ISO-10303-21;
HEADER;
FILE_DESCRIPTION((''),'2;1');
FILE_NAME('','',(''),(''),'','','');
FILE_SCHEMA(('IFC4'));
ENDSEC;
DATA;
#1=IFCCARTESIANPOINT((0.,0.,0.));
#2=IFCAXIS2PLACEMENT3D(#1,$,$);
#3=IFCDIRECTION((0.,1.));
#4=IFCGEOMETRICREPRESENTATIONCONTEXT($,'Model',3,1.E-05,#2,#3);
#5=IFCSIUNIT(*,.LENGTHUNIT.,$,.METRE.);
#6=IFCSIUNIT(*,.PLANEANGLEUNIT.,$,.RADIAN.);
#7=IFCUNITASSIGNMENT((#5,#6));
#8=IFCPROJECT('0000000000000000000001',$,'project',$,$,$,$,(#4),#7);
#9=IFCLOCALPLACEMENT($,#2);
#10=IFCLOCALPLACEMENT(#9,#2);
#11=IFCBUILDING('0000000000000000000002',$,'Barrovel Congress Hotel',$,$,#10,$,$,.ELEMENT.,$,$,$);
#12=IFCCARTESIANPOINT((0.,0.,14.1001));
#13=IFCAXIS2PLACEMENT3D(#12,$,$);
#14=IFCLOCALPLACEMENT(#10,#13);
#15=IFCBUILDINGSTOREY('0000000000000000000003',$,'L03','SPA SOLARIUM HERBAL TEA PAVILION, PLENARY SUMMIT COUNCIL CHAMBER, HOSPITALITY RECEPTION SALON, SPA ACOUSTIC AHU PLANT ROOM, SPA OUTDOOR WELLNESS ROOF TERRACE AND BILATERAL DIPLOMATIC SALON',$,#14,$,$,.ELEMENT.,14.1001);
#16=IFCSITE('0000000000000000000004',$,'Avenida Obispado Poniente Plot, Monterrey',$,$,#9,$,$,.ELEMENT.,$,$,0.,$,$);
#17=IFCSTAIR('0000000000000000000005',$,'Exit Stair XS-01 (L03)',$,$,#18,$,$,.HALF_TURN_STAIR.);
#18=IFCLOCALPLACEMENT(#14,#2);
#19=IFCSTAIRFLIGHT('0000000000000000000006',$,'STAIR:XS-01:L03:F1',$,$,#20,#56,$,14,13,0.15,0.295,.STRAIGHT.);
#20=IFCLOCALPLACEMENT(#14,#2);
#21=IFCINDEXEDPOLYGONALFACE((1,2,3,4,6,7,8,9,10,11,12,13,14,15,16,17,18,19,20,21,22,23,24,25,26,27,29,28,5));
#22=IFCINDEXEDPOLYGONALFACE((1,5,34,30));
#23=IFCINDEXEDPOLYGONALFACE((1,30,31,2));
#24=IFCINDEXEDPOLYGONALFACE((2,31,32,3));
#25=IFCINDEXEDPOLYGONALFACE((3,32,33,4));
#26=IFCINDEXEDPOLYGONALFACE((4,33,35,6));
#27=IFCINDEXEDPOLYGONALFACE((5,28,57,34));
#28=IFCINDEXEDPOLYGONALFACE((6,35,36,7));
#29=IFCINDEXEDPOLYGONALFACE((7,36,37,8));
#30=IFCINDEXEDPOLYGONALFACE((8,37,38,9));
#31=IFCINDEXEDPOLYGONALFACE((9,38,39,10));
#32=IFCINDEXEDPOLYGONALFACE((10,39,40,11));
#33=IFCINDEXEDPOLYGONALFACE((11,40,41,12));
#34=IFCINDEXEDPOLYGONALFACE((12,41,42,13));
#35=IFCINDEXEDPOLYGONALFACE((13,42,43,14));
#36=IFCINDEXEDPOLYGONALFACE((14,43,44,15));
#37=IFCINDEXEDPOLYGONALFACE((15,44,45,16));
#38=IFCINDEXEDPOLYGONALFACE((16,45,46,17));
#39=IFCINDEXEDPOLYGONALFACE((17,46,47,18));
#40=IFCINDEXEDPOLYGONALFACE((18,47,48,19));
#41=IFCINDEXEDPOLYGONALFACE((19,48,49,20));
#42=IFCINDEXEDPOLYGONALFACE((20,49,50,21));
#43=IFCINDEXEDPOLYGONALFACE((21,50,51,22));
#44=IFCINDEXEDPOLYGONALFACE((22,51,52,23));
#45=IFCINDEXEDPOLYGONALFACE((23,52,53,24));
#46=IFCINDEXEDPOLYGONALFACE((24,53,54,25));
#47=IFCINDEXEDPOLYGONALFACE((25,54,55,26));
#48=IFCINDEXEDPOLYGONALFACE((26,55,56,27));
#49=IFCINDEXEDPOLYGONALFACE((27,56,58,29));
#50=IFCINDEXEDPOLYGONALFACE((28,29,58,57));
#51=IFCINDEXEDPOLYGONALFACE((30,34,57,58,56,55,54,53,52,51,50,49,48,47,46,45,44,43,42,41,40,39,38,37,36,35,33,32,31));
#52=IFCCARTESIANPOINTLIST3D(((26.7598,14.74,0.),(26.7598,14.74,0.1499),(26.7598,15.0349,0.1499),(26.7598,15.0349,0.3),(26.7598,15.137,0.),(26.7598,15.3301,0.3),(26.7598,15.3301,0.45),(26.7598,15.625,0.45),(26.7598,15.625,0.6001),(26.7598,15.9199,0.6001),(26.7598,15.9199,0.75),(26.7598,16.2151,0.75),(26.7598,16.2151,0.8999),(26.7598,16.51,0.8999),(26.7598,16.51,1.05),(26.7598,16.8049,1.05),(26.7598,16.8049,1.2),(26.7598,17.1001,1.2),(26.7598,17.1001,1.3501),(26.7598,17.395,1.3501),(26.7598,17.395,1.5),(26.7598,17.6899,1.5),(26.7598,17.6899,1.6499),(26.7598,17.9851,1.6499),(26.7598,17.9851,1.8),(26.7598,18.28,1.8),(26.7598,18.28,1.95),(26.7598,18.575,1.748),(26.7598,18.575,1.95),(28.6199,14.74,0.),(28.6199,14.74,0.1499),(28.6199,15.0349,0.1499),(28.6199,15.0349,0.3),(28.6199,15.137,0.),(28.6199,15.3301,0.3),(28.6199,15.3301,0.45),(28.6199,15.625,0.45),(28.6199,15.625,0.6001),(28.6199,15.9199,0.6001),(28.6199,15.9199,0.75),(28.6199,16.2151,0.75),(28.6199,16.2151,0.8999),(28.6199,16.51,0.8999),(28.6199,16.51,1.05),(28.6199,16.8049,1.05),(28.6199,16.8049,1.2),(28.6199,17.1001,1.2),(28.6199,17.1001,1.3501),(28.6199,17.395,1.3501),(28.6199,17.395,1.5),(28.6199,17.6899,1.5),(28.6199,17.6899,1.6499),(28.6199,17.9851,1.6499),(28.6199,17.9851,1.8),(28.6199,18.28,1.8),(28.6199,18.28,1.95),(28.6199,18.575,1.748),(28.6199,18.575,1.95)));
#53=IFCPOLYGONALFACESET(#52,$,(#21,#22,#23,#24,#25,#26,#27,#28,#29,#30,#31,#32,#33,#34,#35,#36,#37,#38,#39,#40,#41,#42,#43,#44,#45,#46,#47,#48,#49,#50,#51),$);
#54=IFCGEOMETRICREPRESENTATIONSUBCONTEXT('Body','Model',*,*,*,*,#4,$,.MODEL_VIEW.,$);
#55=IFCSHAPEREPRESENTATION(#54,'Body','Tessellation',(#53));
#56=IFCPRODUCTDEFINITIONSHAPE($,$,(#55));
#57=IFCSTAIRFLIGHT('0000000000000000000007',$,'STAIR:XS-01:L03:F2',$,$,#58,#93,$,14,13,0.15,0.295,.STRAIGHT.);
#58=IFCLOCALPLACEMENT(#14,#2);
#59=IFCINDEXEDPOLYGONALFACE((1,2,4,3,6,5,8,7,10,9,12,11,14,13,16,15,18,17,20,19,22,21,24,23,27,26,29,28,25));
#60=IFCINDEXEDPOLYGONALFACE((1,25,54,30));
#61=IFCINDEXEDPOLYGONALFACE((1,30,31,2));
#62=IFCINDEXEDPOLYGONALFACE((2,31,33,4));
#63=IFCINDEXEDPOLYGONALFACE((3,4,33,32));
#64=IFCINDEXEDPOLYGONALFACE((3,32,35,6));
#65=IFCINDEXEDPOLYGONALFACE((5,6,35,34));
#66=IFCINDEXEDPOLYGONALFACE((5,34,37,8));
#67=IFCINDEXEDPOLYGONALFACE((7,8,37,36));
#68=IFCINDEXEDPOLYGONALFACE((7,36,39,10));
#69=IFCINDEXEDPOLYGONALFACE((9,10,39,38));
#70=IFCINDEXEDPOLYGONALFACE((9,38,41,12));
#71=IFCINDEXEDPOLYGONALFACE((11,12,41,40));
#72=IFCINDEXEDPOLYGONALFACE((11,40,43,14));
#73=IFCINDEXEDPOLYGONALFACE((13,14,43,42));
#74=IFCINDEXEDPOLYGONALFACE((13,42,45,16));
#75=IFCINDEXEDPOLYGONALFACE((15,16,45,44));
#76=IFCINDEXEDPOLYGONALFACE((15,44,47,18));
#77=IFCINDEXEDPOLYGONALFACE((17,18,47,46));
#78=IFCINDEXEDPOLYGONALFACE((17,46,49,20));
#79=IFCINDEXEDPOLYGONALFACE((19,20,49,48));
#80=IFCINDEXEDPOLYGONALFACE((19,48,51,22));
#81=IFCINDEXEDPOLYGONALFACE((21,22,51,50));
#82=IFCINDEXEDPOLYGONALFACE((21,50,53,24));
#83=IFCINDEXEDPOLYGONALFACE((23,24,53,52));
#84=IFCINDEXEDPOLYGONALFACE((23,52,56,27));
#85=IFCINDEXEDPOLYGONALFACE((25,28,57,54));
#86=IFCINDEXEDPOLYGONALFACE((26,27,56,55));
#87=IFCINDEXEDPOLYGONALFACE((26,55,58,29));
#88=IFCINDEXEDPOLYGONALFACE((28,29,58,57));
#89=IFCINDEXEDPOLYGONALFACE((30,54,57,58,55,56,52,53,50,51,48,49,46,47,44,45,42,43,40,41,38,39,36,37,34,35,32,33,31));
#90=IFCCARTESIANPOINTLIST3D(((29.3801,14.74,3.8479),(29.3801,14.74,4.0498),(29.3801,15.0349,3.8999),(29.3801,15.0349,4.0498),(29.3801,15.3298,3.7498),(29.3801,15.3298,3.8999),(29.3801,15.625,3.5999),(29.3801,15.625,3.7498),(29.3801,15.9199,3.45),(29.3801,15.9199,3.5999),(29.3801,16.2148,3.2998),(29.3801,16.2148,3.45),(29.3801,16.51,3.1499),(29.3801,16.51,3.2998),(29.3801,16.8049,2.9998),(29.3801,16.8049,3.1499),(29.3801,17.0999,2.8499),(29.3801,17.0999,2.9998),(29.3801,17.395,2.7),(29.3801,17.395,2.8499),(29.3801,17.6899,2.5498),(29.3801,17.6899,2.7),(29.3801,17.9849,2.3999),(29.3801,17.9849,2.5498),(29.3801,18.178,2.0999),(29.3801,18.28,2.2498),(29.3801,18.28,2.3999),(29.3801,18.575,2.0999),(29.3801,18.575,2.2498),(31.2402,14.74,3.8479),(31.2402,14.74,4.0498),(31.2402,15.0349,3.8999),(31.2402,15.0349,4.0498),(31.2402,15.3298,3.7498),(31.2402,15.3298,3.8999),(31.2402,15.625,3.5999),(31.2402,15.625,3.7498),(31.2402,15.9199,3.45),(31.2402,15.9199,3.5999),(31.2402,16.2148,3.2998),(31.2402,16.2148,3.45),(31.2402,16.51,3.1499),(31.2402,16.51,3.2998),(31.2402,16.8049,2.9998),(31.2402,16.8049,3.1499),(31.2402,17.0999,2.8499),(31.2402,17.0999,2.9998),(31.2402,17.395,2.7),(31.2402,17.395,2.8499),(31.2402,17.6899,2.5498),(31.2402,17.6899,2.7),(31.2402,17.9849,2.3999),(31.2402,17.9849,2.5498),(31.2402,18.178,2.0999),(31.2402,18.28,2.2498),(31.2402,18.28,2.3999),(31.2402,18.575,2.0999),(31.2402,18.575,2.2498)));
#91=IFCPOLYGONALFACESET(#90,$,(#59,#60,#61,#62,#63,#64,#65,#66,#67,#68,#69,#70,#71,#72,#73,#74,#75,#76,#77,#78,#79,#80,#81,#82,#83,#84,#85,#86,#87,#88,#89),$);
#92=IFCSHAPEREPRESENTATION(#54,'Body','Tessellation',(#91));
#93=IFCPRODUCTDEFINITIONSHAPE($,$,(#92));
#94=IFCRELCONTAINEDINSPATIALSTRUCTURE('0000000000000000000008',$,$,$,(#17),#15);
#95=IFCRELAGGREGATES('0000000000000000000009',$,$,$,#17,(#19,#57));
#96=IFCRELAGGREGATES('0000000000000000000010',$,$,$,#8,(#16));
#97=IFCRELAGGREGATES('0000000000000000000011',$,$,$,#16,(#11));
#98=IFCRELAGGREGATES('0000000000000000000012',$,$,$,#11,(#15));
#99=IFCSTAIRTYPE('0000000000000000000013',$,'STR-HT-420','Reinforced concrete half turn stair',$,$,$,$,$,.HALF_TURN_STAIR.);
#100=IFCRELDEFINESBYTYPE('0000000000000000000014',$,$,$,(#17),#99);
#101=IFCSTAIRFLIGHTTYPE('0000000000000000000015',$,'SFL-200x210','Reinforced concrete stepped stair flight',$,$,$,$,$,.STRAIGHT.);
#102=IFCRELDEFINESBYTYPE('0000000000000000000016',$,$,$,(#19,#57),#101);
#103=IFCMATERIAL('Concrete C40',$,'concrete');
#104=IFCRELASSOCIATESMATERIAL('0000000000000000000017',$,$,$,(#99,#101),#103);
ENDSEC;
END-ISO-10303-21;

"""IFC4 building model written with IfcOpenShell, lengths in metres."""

from ifc_helpers import new_model, si_unit, direction, frame, origin, place, context, subcontext, project, spatial, polyline, outline, extrude, material, type_object, element, aggregate, save


model = new_model("IFC4")

# Units and contexts
model_context = context("Model", 3, precision=1e-05, world=origin(), true_north=direction((0.0, 1.0)))
body_context = subcontext(model_context, "Body", "Model", "MODEL_VIEW")
ifc_project = project(units=[si_unit("LENGTHUNIT", "METRE"), si_unit("PLANEANGLEUNIT", "RADIAN")], contexts=[model_context])

# Site, building, storey
site_placement = place(None, origin())
site = spatial("IfcSite", under=ifc_project, at=site_placement, Name="Avenida Obispado Poniente Plot, Monterrey", CompositionType="ELEMENT", RefElevation=0.0)
building_placement = place(site_placement, origin())
building = spatial("IfcBuilding", under=site, at=building_placement, Name="Barrovel Congress Hotel", CompositionType="ELEMENT")
storey_placement = place(building_placement, frame((0.0, 0.0, 14.1001)))
storey = spatial("IfcBuildingStorey", under=building, at=storey_placement, Name="L03", Description="SPA SOLARIUM HERBAL TEA PAVILION, PLENARY SUMMIT COUNCIL CHAMBER, HOSPITALITY RECEPTION SALON, SPA ACOUSTIC AHU PLANT ROOM, SPA OUTDOOR WELLNESS ROOF TERRACE AND BILATERAL DIPLOMATIC SALON", CompositionType="ELEMENT", Elevation=14.1001)

# Shared definitions
ifc_material_1 = material(Name="Concrete C40", Category="concrete")

# Stair, stair flights
stair_type = type_object("IfcStairType", Name="STR-HT-420", Description="Reinforced concrete half turn stair", PredefinedType="HALF_TURN_STAIR", material=ifc_material_1)
stair_placement = place(storey_placement, origin())
stair = element("IfcStair", 1, at=stair_placement, inside=storey, type_object=stair_type, Name="Exit Stair XS-01 (L03)", PredefinedType="HALF_TURN_STAIR")
stair_flight_type = type_object("IfcStairFlightType", Name="SFL-200x210", Description="Reinforced concrete stepped stair flight", PredefinedType="STRAIGHT", material=ifc_material_1)
stair_flight_1_placement = place(storey_placement, frame((27.6899, 14.74, 0.0), z_axis=(0.0, 0.0, 1.0), x_axis=(0.0, 1.0, 0.0)))
stair_flight_1 = element("IfcStairFlight", 2, at=stair_flight_1_placement, type_object=stair_flight_type, Name="STAIR:XS-01:L03:F1", NumberOfRisers=14, NumberOfTreads=13, PredefinedType="STRAIGHT", RiserHeight=0.15, TreadLength=0.295, context=body_context, shape_type="SweptSolid", body=[
    extrude(outline(polyline([(0.0, 0.0), (0.0, 0.1499), (0.2949, 0.1499), (0.2949, 0.3), (0.5901, 0.3), (0.5901, 0.45), (0.885, 0.45), (0.885, 0.6001), (1.1799, 0.6001), (1.1799, 0.75), (1.4751, 0.75), (1.4751, 0.8999), (1.77, 0.8999), (1.77, 1.05), (2.0649, 1.05), (2.0649, 1.2), (2.3601, 1.2), (2.3601, 1.3501), (2.655, 1.3501), (2.655, 1.5), (2.95, 1.5), (2.95, 1.6499), (3.2451, 1.6499), (3.2451, 1.8), (3.54, 1.8), (3.54, 1.95), (3.835, 1.95), (3.835, 2.1001), (3.835, 1.748), (0.397, 0.0), (0.0, 0.0)])), frame((0.0, 0.9302, 0.0), z_axis=(0.0, -1.0, 0.0), x_axis=(1.0, 0.0, 0.0)), (0.0, 0.0, 1.0), 1.8601),
])
stair_flight_2_placement = place(storey_placement, frame((30.3101, 18.575, 2.0999), z_axis=(0.0, 0.0, 1.0), x_axis=(0.0, -1.0, 0.0)))
stair_flight_2 = element("IfcStairFlight", 3, at=stair_flight_2_placement, type_object=stair_flight_type, Name="STAIR:XS-01:L03:F2", NumberOfRisers=14, NumberOfTreads=13, PredefinedType="STRAIGHT", RiserHeight=0.15, TreadLength=0.295, context=body_context, shape_type="SweptSolid", body=[
    extrude(outline(polyline([(0.0, 0.0), (0.0, 0.1499), (0.2949, 0.1499), (0.2949, 0.3), (0.5901, 0.3), (0.5901, 0.45), (0.885, 0.45), (0.885, 0.6001), (1.1799, 0.6001), (1.1799, 0.75), (1.4751, 0.75), (1.4751, 0.8999), (1.77, 0.8999), (1.77, 1.05), (2.0649, 1.05), (2.0649, 1.2), (2.3601, 1.2), (2.3601, 1.3501), (2.655, 1.3501), (2.655, 1.5), (2.95, 1.5), (2.95, 1.6499), (3.2451, 1.6499), (3.2451, 1.8), (3.54, 1.8), (3.54, 1.95), (3.835, 1.95), (3.835, 2.1001), (3.835, 1.748), (0.397, 0.0), (0.0, 0.0)])), frame((0.0, 0.9302, 0.0), z_axis=(0.0, -1.0, 0.0), x_axis=(1.0, 0.0, 0.0)), (0.0, 0.0, 1.0), 1.8601),
])
aggregate(stair, [stair_flight_1, stair_flight_2])

save(model, "model.ifc")
